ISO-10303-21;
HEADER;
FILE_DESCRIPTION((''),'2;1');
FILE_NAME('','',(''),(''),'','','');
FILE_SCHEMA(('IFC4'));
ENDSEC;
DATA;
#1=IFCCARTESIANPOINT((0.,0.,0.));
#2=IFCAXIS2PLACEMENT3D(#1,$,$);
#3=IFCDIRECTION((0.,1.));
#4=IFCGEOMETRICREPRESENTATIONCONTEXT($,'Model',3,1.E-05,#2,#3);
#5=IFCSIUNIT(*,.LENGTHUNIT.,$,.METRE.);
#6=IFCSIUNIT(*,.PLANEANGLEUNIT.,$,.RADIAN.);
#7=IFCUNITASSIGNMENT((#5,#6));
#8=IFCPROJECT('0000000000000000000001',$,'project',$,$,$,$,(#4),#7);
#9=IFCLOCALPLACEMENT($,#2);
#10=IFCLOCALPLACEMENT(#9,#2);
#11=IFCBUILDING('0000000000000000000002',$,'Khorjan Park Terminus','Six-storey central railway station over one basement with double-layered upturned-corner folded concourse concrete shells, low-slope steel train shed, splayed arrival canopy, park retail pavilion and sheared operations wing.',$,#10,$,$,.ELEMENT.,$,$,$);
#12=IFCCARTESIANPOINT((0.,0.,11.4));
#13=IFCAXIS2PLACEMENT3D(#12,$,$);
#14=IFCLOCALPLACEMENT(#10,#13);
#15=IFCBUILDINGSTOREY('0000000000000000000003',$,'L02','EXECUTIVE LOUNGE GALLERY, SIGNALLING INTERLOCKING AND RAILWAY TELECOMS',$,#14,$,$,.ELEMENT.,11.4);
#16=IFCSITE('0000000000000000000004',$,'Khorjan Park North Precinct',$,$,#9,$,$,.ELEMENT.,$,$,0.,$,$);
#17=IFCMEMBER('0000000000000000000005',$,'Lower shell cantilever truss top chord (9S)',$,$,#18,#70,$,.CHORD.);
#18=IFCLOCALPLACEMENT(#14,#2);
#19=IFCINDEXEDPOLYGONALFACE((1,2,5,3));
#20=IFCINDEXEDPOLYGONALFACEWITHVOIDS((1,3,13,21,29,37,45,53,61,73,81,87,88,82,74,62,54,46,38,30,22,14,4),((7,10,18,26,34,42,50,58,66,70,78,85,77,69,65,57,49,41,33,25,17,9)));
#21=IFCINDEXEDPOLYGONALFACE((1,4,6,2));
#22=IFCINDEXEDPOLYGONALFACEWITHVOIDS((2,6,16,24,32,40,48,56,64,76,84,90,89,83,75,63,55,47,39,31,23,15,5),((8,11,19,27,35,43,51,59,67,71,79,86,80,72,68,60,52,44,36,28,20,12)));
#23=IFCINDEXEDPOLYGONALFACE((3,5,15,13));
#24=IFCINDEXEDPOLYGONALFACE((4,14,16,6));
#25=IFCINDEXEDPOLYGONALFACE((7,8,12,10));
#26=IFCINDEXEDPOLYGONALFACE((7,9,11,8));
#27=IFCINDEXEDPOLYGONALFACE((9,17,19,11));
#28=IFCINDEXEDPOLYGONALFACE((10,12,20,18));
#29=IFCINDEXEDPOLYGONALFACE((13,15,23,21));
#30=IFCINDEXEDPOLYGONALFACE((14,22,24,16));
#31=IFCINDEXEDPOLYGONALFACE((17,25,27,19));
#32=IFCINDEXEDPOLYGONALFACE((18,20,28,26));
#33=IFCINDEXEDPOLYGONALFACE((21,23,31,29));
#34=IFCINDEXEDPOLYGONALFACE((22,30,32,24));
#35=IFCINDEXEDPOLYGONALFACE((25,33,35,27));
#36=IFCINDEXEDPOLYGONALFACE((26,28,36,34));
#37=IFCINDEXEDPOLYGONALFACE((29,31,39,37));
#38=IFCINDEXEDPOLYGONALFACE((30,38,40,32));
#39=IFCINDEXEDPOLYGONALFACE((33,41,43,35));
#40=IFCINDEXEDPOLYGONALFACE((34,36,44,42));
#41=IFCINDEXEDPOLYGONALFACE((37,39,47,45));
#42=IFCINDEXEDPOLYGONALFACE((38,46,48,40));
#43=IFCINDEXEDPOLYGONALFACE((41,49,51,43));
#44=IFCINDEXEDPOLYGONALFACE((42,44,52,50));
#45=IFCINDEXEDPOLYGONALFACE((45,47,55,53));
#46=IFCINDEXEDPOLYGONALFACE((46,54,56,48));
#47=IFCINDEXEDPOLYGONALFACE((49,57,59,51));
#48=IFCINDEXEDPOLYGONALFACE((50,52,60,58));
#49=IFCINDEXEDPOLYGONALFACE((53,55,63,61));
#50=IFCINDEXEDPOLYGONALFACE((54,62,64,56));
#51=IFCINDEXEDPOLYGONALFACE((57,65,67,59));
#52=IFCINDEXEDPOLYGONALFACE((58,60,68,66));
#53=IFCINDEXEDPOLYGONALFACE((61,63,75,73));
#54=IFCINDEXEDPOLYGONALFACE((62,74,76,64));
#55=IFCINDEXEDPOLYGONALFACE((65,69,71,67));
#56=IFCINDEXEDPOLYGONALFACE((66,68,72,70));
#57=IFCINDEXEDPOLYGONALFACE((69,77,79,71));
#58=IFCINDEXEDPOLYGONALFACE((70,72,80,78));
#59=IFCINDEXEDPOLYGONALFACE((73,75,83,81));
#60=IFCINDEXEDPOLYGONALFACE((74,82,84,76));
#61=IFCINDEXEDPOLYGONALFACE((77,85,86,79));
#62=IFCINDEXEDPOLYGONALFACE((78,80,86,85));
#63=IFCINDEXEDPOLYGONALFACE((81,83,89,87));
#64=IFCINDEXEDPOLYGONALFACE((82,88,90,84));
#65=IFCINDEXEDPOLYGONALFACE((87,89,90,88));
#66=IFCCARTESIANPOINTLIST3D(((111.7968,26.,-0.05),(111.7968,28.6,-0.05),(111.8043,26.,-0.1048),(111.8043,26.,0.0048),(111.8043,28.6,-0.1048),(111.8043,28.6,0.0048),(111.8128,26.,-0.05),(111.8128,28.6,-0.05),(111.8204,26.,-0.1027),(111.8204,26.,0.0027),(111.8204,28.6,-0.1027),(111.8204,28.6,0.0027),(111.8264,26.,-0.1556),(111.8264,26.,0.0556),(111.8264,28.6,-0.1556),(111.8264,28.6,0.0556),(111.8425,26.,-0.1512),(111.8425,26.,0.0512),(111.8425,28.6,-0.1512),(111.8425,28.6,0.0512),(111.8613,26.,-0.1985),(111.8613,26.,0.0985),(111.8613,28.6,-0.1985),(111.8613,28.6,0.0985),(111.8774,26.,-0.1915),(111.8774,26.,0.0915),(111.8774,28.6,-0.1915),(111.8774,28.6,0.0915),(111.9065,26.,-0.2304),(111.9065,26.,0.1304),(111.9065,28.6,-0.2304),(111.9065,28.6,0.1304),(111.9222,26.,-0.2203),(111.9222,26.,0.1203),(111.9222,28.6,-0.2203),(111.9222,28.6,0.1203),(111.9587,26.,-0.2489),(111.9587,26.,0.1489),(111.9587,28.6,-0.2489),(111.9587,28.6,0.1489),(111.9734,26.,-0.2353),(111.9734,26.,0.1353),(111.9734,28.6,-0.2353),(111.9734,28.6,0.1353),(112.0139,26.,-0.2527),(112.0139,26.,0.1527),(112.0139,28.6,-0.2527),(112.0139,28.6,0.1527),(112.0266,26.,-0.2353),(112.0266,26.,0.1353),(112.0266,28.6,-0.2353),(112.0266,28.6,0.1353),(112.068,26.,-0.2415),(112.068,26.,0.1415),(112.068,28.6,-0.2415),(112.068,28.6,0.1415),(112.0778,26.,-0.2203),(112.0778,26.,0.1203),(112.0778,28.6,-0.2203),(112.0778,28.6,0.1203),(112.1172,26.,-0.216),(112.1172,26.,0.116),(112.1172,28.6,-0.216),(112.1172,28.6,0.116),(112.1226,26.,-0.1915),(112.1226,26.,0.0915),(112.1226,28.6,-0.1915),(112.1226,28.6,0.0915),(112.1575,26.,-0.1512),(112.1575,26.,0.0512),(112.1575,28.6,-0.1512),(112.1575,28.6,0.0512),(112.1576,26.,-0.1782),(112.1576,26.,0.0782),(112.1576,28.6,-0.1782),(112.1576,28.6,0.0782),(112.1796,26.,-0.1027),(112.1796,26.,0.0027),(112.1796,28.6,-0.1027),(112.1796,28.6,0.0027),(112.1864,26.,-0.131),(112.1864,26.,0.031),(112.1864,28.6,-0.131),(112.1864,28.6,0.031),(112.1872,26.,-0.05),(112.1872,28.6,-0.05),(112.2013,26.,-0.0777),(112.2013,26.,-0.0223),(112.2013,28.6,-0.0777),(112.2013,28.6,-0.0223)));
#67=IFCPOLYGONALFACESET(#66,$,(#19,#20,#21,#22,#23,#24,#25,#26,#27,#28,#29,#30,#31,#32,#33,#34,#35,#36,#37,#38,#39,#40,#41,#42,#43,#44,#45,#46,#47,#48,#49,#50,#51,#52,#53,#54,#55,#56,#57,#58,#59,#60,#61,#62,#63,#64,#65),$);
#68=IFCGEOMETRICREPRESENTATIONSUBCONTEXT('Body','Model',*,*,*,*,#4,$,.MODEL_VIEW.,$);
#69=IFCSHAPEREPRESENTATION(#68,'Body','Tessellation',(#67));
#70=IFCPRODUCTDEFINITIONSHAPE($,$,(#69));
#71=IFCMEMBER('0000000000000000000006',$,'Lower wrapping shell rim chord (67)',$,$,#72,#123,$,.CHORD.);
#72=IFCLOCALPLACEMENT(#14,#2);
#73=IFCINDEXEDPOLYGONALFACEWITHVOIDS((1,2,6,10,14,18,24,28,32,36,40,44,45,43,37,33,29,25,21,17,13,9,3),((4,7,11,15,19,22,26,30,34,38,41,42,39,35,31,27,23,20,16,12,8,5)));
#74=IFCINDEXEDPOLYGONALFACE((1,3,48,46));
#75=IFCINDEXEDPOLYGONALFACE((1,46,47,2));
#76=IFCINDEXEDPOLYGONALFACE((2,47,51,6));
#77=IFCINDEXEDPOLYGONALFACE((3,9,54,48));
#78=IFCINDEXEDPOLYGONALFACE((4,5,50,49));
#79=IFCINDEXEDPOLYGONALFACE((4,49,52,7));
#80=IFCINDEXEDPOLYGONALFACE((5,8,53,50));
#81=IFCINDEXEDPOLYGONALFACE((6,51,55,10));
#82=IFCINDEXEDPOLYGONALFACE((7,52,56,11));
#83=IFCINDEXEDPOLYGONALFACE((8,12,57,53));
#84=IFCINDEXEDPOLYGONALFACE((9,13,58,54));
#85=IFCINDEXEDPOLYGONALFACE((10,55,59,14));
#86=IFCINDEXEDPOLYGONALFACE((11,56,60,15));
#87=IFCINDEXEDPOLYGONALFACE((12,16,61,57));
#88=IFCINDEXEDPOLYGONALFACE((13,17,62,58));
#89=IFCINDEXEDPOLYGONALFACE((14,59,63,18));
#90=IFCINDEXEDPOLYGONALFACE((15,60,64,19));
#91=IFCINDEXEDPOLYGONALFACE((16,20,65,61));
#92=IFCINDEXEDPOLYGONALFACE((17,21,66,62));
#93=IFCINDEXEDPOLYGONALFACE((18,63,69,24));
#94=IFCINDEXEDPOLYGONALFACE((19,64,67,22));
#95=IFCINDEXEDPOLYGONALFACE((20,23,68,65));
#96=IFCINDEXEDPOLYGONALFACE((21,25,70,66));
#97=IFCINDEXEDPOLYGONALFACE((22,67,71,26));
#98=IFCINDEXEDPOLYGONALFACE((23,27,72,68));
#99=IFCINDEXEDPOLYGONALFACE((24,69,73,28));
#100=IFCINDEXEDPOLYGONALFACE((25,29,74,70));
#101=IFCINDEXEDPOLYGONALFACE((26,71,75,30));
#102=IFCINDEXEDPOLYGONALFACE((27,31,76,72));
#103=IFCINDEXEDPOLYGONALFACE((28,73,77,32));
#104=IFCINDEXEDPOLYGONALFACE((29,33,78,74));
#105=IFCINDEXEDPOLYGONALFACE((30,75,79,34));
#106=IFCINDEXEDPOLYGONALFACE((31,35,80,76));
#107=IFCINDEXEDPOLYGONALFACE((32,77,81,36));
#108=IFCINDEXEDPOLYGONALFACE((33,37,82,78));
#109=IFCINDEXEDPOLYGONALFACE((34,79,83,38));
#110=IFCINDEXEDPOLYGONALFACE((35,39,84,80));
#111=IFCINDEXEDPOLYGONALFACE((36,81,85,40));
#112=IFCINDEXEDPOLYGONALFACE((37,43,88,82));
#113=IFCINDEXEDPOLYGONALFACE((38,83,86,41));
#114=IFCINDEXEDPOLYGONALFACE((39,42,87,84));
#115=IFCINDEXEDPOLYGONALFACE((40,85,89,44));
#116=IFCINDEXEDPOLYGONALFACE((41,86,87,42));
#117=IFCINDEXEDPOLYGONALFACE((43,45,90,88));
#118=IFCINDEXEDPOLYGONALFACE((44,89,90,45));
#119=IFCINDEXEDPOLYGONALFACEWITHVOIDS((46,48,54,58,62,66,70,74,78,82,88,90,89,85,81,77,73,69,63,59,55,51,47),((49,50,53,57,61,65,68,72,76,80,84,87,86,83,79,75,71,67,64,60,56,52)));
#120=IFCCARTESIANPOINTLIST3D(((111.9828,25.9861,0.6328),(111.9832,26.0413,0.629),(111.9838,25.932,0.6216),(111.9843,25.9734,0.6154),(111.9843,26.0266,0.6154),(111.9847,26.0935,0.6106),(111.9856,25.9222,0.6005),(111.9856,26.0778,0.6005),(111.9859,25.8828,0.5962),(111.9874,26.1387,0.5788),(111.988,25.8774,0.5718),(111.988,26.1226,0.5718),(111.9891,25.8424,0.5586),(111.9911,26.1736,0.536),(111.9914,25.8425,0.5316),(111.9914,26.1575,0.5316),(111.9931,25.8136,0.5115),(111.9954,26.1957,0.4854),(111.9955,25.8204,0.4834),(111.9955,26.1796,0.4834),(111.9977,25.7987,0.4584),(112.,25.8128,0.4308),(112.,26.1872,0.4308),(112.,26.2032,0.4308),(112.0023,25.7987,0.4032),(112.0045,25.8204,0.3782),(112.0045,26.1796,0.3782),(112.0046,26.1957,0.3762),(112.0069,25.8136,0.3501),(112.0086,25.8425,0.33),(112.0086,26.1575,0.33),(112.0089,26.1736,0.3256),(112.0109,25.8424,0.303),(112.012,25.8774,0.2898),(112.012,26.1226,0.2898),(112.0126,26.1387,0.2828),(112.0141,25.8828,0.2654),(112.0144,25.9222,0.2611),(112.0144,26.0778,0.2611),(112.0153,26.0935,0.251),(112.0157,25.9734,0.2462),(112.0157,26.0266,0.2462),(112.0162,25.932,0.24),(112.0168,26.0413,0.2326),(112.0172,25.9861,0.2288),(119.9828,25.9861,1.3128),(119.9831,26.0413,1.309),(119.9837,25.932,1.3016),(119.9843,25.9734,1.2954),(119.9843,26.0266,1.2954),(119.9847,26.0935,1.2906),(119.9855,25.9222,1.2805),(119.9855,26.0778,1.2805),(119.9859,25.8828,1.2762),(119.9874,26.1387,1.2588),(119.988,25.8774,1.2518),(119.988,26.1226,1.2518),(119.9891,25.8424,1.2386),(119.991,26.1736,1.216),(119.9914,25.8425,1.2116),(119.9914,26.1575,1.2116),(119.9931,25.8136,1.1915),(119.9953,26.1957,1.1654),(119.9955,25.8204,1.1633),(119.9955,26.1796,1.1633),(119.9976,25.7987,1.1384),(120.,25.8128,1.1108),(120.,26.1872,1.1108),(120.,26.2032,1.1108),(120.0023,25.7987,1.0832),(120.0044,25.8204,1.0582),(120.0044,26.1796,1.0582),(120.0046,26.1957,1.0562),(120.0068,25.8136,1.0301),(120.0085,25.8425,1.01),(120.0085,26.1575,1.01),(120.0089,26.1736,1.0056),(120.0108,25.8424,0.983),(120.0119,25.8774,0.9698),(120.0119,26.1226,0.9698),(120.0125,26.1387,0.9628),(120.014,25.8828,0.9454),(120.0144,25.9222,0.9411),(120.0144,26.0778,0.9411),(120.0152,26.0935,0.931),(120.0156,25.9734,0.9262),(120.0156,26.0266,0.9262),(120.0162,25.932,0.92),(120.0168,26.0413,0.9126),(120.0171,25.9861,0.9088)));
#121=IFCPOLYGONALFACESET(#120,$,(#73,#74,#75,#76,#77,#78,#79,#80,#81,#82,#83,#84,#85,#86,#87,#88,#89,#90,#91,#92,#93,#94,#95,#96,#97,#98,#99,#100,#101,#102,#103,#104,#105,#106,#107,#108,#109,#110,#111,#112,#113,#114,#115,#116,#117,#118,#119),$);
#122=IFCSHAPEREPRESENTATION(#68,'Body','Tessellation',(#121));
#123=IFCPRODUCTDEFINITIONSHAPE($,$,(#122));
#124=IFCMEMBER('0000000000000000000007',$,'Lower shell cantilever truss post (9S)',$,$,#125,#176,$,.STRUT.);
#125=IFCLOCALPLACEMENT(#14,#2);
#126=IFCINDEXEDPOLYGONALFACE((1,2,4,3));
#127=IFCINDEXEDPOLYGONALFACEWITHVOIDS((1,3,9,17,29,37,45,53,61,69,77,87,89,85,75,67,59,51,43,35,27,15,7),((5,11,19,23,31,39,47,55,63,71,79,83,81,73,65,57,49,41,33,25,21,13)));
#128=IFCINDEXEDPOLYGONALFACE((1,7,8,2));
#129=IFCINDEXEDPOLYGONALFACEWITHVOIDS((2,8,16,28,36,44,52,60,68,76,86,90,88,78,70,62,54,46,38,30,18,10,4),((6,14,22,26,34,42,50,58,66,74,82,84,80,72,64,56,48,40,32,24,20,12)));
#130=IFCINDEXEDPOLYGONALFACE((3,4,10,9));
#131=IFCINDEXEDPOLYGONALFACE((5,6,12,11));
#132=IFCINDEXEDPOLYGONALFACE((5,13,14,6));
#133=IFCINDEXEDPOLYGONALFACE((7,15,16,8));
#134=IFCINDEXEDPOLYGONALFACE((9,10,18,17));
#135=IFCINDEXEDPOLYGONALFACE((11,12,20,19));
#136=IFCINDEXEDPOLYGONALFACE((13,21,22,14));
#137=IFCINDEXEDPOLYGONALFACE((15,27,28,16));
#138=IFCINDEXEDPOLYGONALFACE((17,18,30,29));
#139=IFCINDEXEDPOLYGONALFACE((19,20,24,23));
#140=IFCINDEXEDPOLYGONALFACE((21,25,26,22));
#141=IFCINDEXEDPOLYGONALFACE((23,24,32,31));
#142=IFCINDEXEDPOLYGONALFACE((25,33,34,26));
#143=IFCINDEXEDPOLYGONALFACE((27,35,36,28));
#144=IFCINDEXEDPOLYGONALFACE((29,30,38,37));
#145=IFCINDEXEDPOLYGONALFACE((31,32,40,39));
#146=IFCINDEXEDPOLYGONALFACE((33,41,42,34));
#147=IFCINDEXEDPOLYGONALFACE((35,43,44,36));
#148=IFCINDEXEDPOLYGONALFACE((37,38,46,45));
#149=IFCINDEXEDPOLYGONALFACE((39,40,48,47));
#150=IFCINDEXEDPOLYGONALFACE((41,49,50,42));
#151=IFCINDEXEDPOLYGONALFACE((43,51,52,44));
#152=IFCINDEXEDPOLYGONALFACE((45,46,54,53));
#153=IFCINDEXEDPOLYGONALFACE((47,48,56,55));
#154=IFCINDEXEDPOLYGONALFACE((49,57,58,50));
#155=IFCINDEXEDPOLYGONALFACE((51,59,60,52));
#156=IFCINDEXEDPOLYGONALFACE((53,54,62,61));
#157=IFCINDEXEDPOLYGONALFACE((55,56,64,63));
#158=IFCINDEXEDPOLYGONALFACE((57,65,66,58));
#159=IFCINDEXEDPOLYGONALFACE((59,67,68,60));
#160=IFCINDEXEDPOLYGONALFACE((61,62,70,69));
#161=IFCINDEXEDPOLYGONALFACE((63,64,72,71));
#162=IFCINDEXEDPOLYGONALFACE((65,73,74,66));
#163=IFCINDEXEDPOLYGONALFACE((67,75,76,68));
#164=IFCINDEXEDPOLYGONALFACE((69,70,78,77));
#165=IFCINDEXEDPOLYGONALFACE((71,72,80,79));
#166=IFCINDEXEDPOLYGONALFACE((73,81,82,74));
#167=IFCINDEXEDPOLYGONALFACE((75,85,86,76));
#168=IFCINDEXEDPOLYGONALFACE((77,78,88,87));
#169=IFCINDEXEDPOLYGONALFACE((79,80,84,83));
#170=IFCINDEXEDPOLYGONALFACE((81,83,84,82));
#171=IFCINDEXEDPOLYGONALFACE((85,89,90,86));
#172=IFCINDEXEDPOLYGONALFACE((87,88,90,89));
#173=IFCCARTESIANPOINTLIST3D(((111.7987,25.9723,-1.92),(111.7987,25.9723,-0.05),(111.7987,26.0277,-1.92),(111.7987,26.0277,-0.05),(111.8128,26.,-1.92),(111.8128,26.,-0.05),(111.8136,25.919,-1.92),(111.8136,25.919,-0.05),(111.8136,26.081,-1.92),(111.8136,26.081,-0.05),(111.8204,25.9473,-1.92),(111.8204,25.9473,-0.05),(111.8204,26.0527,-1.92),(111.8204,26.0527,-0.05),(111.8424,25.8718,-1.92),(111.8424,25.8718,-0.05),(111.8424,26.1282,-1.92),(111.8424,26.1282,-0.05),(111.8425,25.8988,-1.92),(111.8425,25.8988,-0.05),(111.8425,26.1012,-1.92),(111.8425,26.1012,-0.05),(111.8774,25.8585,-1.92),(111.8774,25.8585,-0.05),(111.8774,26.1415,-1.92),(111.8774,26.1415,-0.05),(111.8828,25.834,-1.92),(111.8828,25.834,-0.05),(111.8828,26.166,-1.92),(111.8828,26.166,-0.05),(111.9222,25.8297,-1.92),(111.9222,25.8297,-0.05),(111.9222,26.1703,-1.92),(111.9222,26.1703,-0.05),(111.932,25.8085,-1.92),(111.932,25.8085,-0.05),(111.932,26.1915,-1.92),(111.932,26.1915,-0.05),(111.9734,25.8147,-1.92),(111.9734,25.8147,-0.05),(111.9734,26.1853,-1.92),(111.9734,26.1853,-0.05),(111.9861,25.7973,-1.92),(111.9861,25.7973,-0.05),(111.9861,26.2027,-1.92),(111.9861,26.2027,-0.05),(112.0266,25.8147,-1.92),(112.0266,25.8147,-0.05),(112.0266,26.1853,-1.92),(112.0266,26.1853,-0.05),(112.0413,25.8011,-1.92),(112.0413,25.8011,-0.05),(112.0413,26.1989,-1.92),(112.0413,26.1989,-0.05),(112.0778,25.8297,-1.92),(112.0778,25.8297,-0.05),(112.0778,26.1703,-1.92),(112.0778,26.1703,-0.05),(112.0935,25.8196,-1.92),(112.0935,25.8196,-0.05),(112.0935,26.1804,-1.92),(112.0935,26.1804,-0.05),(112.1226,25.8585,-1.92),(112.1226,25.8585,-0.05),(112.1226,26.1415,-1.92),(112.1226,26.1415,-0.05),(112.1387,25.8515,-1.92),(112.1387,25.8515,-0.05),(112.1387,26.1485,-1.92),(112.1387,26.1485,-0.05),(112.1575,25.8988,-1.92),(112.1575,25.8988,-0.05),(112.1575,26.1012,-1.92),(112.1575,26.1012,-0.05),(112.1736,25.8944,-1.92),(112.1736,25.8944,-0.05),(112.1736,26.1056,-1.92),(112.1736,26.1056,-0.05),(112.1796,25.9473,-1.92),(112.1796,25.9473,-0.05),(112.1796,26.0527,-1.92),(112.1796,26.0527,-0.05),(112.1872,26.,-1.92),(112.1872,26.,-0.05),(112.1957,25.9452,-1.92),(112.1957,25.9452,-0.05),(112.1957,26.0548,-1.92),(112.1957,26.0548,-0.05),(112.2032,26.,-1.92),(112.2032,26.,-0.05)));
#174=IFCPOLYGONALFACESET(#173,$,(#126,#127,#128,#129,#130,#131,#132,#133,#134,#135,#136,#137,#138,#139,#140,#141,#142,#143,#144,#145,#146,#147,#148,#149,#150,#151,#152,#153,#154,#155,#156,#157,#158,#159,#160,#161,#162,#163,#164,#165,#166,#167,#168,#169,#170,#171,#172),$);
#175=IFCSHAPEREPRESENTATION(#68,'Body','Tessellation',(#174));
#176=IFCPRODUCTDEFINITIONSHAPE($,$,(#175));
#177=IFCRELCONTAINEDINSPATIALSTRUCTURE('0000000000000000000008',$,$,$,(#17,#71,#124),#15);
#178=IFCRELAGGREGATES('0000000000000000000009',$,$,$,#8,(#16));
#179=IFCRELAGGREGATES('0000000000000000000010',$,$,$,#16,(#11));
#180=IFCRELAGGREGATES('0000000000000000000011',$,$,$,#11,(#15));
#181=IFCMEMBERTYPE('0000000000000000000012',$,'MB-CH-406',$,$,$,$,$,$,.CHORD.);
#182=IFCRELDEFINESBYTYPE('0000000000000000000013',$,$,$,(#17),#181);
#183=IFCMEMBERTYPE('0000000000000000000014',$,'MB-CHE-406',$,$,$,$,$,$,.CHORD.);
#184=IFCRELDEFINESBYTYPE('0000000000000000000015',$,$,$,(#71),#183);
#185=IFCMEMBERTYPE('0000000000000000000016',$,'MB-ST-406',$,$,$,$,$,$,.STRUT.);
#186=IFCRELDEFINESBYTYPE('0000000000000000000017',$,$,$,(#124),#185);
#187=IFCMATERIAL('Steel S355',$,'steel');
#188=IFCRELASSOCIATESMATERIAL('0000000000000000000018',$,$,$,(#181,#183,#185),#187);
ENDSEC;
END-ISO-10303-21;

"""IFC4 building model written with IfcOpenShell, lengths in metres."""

from ifc_helpers import new_model, si_unit, direction, frame, origin, origin_2d, place, context, subcontext, project, spatial, hollow_circle, extrude, material, material_profile, profile_set, type_object, element, save


model = new_model("IFC4")

# Units and contexts
model_context = context("Model", 3, precision=1e-05, world=origin(), true_north=direction((0.0, 1.0)))
body_context = subcontext(model_context, "Body", "Model", "MODEL_VIEW")
ifc_project = project(units=[si_unit("LENGTHUNIT", "METRE"), si_unit("PLANEANGLEUNIT", "RADIAN")], contexts=[model_context])

# Site, building, storey
site_placement = place(None, origin())
site = spatial("IfcSite", under=ifc_project, at=site_placement, Name="Khorjan Park North Precinct", CompositionType="ELEMENT", RefElevation=0.0)
building_placement = place(site_placement, origin())
building = spatial("IfcBuilding", under=site, at=building_placement, Name="Khorjan Park Terminus", Description="Six-storey central railway station over one basement with double-layered upturned-corner folded concourse concrete shells, low-slope steel train shed, splayed arrival canopy, park retail pavilion and sheared operations wing.", CompositionType="ELEMENT")
storey_placement = place(building_placement, frame((0.0, 0.0, 11.4)))
storey = spatial("IfcBuildingStorey", under=building, at=storey_placement, Name="L02", Description="EXECUTIVE LOUNGE GALLERY, SIGNALLING INTERLOCKING AND RAILWAY TELECOMS", CompositionType="ELEMENT", Elevation=11.4)

# Members
ifc_material_1 = material(Name="Steel S355", Category="steel")
ifc_material_profile_1 = material_profile(ifc_material_1, hollow_circle(Radius=0.2032, WallThickness=0.016, at=origin_2d()), Name="CHS 406.4x16")
ifc_profile_set_1 = profile_set([ifc_material_profile_1], Name="Steel S355")
member_type_1 = type_object("IfcMemberType", Name="MB-CH-406", PredefinedType="CHORD", material=ifc_profile_set_1)
member_1_placement = place(storey_placement, frame((112.0, 26.0, -0.05), z_axis=(0.0, 1.0, 0.0), x_axis=(-1.0, 0.0, 0.0)))
element("IfcMember", 1, at=member_1_placement, inside=storey, type_object=member_type_1, Name="Lower shell cantilever truss top chord (9S)", PredefinedType="CHORD", context=body_context, shape_type="SweptSolid", body=[
    extrude(hollow_circle(Radius=0.2032, WallThickness=0.016, at=origin_2d()), origin(), (0.0, 0.0, 1.0), 2.6),
])
ifc_material_profile_2 = material_profile(ifc_material_1, hollow_circle(Radius=0.2032, WallThickness=0.016, at=origin_2d()), Name="CHS 406.4x16")
ifc_profile_set_2 = profile_set([ifc_material_profile_2], Name="Steel S355")
member_type_2 = type_object("IfcMemberType", Name="MB-CHE-406", PredefinedType="CHORD", material=ifc_profile_set_2)
member_2_placement = place(storey_placement, frame((112.0, 26.0, 0.4308), z_axis=(0.996407, 0.0, 0.084695), x_axis=(0.0, 1.0, 0.0)))
element("IfcMember", 2, at=member_2_placement, inside=storey, type_object=member_type_2, Name="Lower wrapping shell rim chord (67)", PredefinedType="CHORD", context=body_context, shape_type="SweptSolid", body=[
    extrude(hollow_circle(Radius=0.2032, WallThickness=0.016, at=origin_2d()), origin(), (0.0, 0.0, 1.0), 8.0288),
])
ifc_material_profile_3 = material_profile(ifc_material_1, hollow_circle(Radius=0.2032, WallThickness=0.016, at=origin_2d()), Name="CHS 406.4x16")
ifc_profile_set_3 = profile_set([ifc_material_profile_3], Name="Steel S355")
member_type_3 = type_object("IfcMemberType", Name="MB-ST-406", PredefinedType="STRUT", material=ifc_profile_set_3)
member_3_placement = place(storey_placement, frame((112.0, 26.0, -1.92), z_axis=(0.0, 0.0, 1.0), x_axis=(1.0, 0.0, 0.0)))
element("IfcMember", 3, at=member_3_placement, inside=storey, type_object=member_type_3, Name="Lower shell cantilever truss post (9S)", PredefinedType="STRUT", context=body_context, shape_type="SweptSolid", body=[
    extrude(hollow_circle(Radius=0.2032, WallThickness=0.016, at=origin_2d()), origin(), (0.0, 0.0, 1.0), 1.87),
])

save(model, "model.ifc")
